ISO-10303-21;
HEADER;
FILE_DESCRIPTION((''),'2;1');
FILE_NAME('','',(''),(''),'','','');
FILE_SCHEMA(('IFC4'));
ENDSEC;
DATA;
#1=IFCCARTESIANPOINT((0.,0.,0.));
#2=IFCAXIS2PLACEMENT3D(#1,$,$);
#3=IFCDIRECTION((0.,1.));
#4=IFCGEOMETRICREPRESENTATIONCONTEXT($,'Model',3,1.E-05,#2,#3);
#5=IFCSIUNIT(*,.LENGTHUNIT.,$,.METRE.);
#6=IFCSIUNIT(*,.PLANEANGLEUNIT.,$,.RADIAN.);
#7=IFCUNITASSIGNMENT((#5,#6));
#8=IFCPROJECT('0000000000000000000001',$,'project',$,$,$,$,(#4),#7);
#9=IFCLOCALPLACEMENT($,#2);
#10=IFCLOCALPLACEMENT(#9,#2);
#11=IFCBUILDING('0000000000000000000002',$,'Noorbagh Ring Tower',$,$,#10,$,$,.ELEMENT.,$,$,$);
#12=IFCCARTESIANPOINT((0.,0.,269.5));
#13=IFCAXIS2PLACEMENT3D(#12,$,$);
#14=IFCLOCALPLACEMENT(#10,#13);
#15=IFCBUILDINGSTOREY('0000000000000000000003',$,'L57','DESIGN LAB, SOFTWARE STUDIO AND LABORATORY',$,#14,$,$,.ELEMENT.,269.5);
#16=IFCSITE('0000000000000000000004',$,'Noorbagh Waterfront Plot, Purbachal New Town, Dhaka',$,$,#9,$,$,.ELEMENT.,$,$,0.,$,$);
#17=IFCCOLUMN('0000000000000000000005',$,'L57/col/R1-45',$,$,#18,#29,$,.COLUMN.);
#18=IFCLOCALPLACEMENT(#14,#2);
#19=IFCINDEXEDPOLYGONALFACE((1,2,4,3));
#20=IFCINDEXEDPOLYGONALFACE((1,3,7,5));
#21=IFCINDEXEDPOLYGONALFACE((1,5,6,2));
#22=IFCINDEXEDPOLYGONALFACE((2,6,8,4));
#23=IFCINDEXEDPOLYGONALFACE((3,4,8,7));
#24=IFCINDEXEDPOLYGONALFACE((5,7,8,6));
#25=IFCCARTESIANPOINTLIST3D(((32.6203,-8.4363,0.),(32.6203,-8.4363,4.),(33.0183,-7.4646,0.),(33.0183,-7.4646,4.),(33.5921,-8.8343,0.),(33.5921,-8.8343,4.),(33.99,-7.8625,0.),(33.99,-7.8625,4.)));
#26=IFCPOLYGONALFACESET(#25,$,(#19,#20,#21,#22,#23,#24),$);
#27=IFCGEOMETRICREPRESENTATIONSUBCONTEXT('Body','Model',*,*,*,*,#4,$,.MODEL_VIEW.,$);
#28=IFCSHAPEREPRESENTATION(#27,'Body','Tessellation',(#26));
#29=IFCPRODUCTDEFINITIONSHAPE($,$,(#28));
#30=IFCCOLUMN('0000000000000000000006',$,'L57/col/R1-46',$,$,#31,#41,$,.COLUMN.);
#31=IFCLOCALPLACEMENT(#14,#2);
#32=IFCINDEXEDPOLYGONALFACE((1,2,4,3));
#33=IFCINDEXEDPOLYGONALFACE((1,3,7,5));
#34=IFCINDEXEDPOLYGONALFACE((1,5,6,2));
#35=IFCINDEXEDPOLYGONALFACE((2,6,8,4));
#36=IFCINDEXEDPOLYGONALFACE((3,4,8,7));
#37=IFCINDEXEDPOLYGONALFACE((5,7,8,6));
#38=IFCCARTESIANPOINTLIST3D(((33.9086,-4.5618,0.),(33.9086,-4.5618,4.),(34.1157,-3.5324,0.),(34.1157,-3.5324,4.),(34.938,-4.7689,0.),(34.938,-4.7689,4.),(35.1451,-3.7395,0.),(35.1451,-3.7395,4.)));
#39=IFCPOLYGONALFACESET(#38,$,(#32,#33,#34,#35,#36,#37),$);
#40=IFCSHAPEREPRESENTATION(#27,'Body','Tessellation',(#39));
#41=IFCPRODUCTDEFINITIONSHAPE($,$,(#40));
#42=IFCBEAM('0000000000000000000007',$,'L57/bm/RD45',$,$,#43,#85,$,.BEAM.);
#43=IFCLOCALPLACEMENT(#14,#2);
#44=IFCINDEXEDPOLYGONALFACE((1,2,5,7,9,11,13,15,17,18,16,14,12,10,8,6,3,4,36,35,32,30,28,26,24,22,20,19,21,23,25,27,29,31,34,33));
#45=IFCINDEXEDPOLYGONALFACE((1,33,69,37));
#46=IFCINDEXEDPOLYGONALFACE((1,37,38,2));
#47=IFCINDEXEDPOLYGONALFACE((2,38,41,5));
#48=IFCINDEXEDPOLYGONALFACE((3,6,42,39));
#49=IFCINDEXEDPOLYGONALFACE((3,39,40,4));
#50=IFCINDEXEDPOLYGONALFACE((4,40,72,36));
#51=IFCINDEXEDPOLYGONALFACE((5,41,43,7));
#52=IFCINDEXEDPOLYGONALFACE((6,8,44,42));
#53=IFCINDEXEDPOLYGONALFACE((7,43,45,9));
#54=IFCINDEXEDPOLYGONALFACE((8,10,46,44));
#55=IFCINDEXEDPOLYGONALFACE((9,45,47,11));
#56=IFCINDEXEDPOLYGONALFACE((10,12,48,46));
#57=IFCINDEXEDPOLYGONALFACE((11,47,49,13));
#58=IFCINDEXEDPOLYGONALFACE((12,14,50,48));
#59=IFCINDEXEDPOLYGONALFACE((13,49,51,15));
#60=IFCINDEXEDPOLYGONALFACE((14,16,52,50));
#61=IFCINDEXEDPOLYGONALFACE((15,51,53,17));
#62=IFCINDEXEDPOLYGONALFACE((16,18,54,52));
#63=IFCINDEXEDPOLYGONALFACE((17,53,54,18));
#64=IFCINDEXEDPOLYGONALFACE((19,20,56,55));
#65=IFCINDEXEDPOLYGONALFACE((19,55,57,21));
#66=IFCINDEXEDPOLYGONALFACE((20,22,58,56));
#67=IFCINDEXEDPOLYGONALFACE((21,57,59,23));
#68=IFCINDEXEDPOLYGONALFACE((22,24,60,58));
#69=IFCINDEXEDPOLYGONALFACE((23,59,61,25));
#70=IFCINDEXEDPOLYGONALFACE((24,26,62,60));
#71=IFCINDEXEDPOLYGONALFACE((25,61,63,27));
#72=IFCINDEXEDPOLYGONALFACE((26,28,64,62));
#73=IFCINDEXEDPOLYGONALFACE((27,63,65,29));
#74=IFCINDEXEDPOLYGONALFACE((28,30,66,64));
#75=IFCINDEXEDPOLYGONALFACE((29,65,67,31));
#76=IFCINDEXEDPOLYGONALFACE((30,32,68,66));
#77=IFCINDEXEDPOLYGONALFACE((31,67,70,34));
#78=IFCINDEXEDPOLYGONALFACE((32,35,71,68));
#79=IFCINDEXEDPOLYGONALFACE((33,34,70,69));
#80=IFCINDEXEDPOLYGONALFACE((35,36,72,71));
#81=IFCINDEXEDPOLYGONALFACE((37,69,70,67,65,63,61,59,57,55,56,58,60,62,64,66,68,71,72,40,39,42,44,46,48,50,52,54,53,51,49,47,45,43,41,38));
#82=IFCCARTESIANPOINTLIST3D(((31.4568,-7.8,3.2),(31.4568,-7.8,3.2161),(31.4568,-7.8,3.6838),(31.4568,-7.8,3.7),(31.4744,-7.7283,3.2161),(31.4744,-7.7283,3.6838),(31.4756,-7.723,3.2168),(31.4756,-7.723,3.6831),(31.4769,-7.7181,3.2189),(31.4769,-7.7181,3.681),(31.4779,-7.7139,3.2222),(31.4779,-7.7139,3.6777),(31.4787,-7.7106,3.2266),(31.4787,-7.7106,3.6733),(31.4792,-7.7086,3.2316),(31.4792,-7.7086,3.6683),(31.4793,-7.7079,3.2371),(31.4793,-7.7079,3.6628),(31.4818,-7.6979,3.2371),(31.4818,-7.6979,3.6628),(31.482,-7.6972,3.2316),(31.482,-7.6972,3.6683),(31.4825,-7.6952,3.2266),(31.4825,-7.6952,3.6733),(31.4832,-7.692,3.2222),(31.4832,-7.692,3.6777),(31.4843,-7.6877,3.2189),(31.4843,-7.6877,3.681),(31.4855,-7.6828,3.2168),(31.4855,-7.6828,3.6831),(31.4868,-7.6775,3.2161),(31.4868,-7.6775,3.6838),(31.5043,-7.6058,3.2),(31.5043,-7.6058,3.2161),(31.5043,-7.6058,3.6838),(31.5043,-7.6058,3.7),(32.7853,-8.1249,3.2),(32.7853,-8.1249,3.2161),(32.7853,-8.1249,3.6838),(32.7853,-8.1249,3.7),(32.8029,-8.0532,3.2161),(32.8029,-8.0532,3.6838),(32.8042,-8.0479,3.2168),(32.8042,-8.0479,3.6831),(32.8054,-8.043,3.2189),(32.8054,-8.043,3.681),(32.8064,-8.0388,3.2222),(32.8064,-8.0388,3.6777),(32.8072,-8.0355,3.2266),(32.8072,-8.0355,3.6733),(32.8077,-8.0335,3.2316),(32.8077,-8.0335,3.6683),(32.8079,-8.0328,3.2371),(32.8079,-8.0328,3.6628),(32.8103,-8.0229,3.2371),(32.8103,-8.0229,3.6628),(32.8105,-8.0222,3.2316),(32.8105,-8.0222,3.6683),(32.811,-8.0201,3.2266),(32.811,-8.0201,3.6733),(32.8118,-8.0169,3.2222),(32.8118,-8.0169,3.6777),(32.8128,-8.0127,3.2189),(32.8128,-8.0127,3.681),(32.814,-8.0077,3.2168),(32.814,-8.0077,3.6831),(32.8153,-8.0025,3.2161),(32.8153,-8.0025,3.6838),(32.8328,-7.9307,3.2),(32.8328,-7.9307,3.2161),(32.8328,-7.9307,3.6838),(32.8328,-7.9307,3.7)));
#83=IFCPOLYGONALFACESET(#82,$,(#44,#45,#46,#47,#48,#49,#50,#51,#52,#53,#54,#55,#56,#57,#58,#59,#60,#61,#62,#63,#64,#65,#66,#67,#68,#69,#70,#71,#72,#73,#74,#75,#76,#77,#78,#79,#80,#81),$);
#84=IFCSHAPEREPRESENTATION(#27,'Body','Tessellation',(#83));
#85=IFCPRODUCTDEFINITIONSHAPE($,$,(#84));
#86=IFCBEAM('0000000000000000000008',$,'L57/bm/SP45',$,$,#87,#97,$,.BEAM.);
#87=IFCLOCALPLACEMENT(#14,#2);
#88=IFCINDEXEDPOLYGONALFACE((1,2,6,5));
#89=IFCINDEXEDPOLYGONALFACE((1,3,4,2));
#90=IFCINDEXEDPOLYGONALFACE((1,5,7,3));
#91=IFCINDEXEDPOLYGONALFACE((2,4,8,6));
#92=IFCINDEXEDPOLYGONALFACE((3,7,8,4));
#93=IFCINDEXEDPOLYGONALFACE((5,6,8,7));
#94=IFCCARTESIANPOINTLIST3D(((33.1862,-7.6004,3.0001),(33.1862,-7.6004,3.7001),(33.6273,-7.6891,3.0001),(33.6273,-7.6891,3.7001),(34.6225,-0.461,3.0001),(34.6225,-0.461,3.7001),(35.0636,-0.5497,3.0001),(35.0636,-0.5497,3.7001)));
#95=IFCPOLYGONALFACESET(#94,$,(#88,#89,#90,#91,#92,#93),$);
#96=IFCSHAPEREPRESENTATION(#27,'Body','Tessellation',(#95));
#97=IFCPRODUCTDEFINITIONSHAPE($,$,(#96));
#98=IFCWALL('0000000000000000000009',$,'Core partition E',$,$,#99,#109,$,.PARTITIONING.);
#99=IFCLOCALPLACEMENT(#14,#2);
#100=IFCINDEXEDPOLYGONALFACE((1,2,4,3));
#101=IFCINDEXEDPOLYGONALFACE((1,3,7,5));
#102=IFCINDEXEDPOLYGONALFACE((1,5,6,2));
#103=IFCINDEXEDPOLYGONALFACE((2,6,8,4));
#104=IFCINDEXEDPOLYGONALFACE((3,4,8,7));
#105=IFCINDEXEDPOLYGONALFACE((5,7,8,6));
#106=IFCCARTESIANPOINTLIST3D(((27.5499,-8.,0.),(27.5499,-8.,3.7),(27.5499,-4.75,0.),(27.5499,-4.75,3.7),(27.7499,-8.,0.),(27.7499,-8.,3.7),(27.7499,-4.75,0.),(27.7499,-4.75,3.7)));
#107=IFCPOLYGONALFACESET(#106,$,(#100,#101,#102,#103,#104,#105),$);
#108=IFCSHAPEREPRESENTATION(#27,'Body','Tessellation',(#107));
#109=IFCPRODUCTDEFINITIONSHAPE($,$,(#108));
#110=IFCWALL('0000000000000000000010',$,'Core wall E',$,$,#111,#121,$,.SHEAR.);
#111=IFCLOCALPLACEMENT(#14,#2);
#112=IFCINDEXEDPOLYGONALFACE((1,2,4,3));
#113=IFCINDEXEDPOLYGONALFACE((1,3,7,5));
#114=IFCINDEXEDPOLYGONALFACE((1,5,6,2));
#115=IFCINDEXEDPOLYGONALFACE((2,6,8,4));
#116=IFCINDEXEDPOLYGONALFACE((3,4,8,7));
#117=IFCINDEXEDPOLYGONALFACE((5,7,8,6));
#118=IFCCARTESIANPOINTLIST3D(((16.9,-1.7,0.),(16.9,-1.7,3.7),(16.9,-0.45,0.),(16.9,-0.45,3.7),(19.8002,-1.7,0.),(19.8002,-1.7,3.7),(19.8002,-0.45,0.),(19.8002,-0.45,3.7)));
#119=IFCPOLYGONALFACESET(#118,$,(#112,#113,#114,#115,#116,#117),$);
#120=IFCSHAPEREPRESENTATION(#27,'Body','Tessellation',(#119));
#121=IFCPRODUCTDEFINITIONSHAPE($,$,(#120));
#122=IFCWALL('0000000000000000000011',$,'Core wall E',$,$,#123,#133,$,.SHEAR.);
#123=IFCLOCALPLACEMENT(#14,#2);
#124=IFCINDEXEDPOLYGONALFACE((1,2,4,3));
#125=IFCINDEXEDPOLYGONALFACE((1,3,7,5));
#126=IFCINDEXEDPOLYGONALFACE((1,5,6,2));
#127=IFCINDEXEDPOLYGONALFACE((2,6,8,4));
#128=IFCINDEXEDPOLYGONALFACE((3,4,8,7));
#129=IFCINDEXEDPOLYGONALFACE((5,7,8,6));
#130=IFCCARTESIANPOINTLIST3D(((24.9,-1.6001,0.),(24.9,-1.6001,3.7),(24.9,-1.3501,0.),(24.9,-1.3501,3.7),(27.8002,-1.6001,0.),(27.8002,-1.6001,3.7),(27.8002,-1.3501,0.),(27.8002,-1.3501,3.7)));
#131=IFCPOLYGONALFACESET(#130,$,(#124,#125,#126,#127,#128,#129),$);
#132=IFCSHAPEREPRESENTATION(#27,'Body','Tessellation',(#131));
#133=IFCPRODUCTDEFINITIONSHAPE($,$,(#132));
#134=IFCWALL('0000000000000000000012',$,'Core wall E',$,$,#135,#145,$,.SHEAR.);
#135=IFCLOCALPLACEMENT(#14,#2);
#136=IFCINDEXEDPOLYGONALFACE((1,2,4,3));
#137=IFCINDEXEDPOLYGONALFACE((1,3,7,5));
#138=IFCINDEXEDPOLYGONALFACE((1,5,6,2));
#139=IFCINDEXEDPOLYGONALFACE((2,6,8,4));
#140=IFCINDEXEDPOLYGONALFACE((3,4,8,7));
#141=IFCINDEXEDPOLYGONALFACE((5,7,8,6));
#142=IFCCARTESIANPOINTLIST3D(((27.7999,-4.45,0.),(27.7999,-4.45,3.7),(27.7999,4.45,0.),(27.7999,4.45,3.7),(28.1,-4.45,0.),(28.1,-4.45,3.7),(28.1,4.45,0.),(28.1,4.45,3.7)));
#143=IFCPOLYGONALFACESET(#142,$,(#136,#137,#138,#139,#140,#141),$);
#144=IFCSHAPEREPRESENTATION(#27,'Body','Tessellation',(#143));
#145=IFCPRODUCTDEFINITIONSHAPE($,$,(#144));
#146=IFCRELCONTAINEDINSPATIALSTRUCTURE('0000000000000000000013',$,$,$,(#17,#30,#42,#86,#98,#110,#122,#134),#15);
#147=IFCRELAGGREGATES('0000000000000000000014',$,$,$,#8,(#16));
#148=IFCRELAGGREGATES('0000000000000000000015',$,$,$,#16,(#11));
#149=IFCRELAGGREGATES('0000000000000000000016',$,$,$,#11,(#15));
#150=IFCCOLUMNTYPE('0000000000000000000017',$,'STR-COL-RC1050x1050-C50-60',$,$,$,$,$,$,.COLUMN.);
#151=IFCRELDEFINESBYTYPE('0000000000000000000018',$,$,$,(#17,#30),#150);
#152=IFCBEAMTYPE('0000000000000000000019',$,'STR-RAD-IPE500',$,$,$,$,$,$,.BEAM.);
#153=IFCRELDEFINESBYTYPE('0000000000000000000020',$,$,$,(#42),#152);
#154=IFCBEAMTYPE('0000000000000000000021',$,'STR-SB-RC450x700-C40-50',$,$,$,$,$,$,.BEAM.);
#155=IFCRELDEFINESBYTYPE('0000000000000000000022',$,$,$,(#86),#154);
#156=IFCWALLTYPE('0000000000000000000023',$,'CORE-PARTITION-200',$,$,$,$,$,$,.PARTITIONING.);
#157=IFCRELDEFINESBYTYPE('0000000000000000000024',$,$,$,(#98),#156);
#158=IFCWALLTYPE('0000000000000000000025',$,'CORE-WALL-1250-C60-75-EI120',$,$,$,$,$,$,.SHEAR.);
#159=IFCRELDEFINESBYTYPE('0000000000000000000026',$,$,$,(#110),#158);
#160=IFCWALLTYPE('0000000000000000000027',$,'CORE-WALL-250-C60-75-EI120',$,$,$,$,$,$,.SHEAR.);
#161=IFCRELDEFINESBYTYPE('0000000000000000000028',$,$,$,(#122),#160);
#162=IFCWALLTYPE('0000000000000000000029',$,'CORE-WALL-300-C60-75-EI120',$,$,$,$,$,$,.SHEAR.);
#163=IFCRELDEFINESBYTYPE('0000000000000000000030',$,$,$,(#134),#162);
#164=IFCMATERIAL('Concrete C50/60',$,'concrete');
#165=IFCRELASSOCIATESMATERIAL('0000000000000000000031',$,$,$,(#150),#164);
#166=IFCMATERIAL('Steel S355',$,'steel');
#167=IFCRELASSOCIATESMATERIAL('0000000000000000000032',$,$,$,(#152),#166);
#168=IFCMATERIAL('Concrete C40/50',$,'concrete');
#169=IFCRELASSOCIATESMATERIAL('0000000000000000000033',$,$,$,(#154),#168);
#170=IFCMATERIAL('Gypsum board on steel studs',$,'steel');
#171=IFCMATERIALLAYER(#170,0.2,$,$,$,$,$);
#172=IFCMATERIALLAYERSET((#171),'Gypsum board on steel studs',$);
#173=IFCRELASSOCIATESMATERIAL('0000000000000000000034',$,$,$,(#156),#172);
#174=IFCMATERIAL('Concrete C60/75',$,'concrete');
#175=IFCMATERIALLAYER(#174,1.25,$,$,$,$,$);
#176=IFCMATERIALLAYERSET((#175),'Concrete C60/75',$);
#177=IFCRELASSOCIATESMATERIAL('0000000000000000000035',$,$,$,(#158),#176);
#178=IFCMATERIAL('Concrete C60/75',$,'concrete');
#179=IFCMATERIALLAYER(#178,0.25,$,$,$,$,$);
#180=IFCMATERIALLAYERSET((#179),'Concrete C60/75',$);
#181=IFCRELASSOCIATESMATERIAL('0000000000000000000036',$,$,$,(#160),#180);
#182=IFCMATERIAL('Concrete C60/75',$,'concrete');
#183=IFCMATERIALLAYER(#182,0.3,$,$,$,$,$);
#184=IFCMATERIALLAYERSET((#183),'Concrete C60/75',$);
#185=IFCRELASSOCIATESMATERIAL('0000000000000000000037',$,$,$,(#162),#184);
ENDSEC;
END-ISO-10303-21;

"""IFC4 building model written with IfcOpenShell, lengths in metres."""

from ifc_helpers import new_model, si_unit, direction, frame, frame_2d, origin, origin_2d, place, context, subcontext, project, spatial, rectangle, i_section, extrude, material, layer, layer_set, material_profile, profile_set, type_object, element, save


model = new_model("IFC4")

# Units and contexts
model_context = context("Model", 3, precision=1e-05, world=origin(), true_north=direction((0.0, 1.0)))
body_context = subcontext(model_context, "Body", "Model", "MODEL_VIEW")
ifc_project = project(units=[si_unit("LENGTHUNIT", "METRE"), si_unit("PLANEANGLEUNIT", "RADIAN")], contexts=[model_context])

# Site, building, storey
site_placement = place(None, origin())
site = spatial("IfcSite", under=ifc_project, at=site_placement, Name="Noorbagh Waterfront Plot, Purbachal New Town, Dhaka", CompositionType="ELEMENT", RefElevation=0.0)
building_placement = place(site_placement, origin())
building = spatial("IfcBuilding", under=site, at=building_placement, Name="Noorbagh Ring Tower", CompositionType="ELEMENT")
storey_placement = place(building_placement, frame((0.0, 0.0, 269.5)))
storey = spatial("IfcBuildingStorey", under=building, at=storey_placement, Name="L57", Description="DESIGN LAB, SOFTWARE STUDIO AND LABORATORY", CompositionType="ELEMENT", Elevation=269.5)

# Columns
ifc_material_1 = material(Name="Concrete C50/60", Category="concrete")
ifc_material_profile_1 = material_profile(ifc_material_1, rectangle(XDim=1.05, YDim=1.05, at=origin_2d()), Name="RC1050x1050")
ifc_profile_set_1 = profile_set([ifc_material_profile_1], Name="Concrete C50/60")
column_type = type_object("IfcColumnType", Name="STR-COL-RC1050x1050-C50-60", PredefinedType="COLUMN", material=ifc_profile_set_1)
for number, where, z_axis, x_axis, name in (
    (1, (33.3052, -8.1494, 0.0), (0.0, 0.0, 1.0), (0.378989, 0.925401, 0.0), "L57/col/R1-45"),
    (2, (34.5269, -4.1506, 0.0), (0.0, 0.0, 1.0), (0.19723, 0.980357, 0.0), "L57/col/R1-46"),
):
    element("IfcColumn", number, at=place(storey_placement, frame(where, z_axis=z_axis, x_axis=x_axis)), inside=storey, type_object=column_type, Name=name, PredefinedType="COLUMN", context=body_context, shape_type="SweptSolid", body=[
        extrude(rectangle(XDim=1.05, YDim=1.05, at=origin_2d()), origin(), (0.0, 0.0, 1.0), 4.0),
    ])

# Beams
ifc_material_2 = material(Name="Steel S355", Category="steel")
ifc_material_profile_2 = material_profile(ifc_material_2, i_section(OverallWidth=0.2, OverallDepth=0.5, WebThickness=0.0103, FlangeThickness=0.0161, FilletRadius=0.021, at=origin_2d()), Name="IPE500")
ifc_profile_set_2 = profile_set([ifc_material_profile_2], Name="Steel S355")
beam_type_1 = type_object("IfcBeamType", Name="STR-RAD-IPE500", PredefinedType="BEAM", material=ifc_profile_set_2)
beam_1_placement = place(storey_placement, frame((32.8091, -8.0278, 3.45), z_axis=(-0.971369, 0.237577, 0.0), x_axis=(-0.237577, -0.971369, 0.0)))
element("IfcBeam", 3, at=beam_1_placement, inside=storey, type_object=beam_type_1, Name="L57/bm/RD45", PredefinedType="BEAM", context=body_context, shape_type="SweptSolid", body=[
    extrude(i_section(OverallWidth=0.2, OverallDepth=0.5, WebThickness=0.0103, FlangeThickness=0.0161, FilletRadius=0.021, at=origin_2d()), origin(), (0.0, 0.0, 1.0), 1.3677),
])
ifc_material_3 = material(Name="Concrete C40/50", Category="concrete")
ifc_material_profile_3 = material_profile(ifc_material_3, rectangle(XDim=0.45, YDim=0.7, at=origin_2d()), Name="RC450x700")
ifc_profile_set_3 = profile_set([ifc_material_profile_3], Name="Concrete C40/50")
beam_type_2 = type_object("IfcBeamType", Name="STR-SB-RC450x700-C40-50", PredefinedType="BEAM", material=ifc_profile_set_3)
beam_2_placement = place(storey_placement, frame((33.4067, -7.6448, 3.3501), z_axis=(0.197225, 0.980358, 0.0), x_axis=(-0.980358, 0.197225, 0.0)))
element("IfcBeam", 4, at=beam_2_placement, inside=storey, type_object=beam_type_2, Name="L57/bm/SP45", PredefinedType="BEAM", context=body_context, shape_type="SweptSolid", body=[
    extrude(rectangle(XDim=0.45, YDim=0.7, at=origin_2d()), origin(), (0.0, 0.0, 1.0), 7.2825),
])

# Walls
ifc_material_4 = material(Name="Gypsum board on steel studs", Category="steel")
ifc_layer_1 = layer(ifc_material_4, 0.2)
ifc_layer_set_1 = layer_set([ifc_layer_1], Name="Gypsum board on steel studs")
wall_type_1 = type_object("IfcWallType", Name="CORE-PARTITION-200", PredefinedType="PARTITIONING", material=ifc_layer_set_1)
wall_1_placement = place(storey_placement, frame((27.6499, -8.0, 0.0), z_axis=(0.0, 0.0, 1.0), x_axis=(0.0, 1.0, 0.0)))
element("IfcWall", 5, at=wall_1_placement, inside=storey, type_object=wall_type_1, Name="Core partition E", PredefinedType="PARTITIONING", context=body_context, shape_type="SweptSolid", body=[
    extrude(rectangle(XDim=3.25, YDim=0.2, at=frame_2d((1.625, 0.0))), origin(), (0.0, 0.0, 1.0), 3.7),
])
ifc_material_5 = material(Name="Concrete C60/75", Category="concrete")
ifc_layer_2 = layer(ifc_material_5, 1.25)
ifc_layer_set_2 = layer_set([ifc_layer_2], Name="Concrete C60/75")
wall_type_2 = type_object("IfcWallType", Name="CORE-WALL-1250-C60-75-EI120", PredefinedType="SHEAR", material=ifc_layer_set_2)
wall_2_placement = place(storey_placement, frame((16.8999, -1.075, 0.0), z_axis=(0.0, 0.0, 1.0), x_axis=(1.0, 0.0, 0.0)))
element("IfcWall", 6, at=wall_2_placement, inside=storey, type_object=wall_type_2, Name="Core wall E", PredefinedType="SHEAR", context=body_context, shape_type="SweptSolid", body=[
    extrude(rectangle(XDim=2.9001, YDim=1.25, at=frame_2d((1.4502, 0.0))), origin(), (0.0, 0.0, 1.0), 3.7),
])
ifc_material_6 = material(Name="Concrete C60/75", Category="concrete")
ifc_layer_3 = layer(ifc_material_6, 0.25)
ifc_layer_set_3 = layer_set([ifc_layer_3], Name="Concrete C60/75")
wall_type_3 = type_object("IfcWallType", Name="CORE-WALL-250-C60-75-EI120", PredefinedType="SHEAR", material=ifc_layer_set_3)
wall_3_placement = place(storey_placement, frame((24.8999, -1.4751, 0.0), z_axis=(0.0, 0.0, 1.0), x_axis=(1.0, 0.0, 0.0)))
element("IfcWall", 7, at=wall_3_placement, inside=storey, type_object=wall_type_3, Name="Core wall E", PredefinedType="SHEAR", context=body_context, shape_type="SweptSolid", body=[
    extrude(rectangle(XDim=2.9001, YDim=0.25, at=frame_2d((1.4502, 0.0))), origin(), (0.0, 0.0, 1.0), 3.7),
])
ifc_material_7 = material(Name="Concrete C60/75", Category="concrete")
ifc_layer_4 = layer(ifc_material_7, 0.3)
ifc_layer_set_4 = layer_set([ifc_layer_4], Name="Concrete C60/75")
wall_type_4 = type_object("IfcWallType", Name="CORE-WALL-300-C60-75-EI120", PredefinedType="SHEAR", material=ifc_layer_set_4)
wall_4_placement = place(storey_placement, frame((27.95, -4.45, 0.0), z_axis=(0.0, 0.0, 1.0), x_axis=(0.0, 1.0, 0.0)))
element("IfcWall", 8, at=wall_4_placement, inside=storey, type_object=wall_type_4, Name="Core wall E", PredefinedType="SHEAR", context=body_context, shape_type="SweptSolid", body=[
    extrude(rectangle(XDim=8.8999, YDim=0.3, at=frame_2d((4.45, 0.0))), origin(), (0.0, 0.0, 1.0), 3.7),
])

save(model, "model.ifc")
